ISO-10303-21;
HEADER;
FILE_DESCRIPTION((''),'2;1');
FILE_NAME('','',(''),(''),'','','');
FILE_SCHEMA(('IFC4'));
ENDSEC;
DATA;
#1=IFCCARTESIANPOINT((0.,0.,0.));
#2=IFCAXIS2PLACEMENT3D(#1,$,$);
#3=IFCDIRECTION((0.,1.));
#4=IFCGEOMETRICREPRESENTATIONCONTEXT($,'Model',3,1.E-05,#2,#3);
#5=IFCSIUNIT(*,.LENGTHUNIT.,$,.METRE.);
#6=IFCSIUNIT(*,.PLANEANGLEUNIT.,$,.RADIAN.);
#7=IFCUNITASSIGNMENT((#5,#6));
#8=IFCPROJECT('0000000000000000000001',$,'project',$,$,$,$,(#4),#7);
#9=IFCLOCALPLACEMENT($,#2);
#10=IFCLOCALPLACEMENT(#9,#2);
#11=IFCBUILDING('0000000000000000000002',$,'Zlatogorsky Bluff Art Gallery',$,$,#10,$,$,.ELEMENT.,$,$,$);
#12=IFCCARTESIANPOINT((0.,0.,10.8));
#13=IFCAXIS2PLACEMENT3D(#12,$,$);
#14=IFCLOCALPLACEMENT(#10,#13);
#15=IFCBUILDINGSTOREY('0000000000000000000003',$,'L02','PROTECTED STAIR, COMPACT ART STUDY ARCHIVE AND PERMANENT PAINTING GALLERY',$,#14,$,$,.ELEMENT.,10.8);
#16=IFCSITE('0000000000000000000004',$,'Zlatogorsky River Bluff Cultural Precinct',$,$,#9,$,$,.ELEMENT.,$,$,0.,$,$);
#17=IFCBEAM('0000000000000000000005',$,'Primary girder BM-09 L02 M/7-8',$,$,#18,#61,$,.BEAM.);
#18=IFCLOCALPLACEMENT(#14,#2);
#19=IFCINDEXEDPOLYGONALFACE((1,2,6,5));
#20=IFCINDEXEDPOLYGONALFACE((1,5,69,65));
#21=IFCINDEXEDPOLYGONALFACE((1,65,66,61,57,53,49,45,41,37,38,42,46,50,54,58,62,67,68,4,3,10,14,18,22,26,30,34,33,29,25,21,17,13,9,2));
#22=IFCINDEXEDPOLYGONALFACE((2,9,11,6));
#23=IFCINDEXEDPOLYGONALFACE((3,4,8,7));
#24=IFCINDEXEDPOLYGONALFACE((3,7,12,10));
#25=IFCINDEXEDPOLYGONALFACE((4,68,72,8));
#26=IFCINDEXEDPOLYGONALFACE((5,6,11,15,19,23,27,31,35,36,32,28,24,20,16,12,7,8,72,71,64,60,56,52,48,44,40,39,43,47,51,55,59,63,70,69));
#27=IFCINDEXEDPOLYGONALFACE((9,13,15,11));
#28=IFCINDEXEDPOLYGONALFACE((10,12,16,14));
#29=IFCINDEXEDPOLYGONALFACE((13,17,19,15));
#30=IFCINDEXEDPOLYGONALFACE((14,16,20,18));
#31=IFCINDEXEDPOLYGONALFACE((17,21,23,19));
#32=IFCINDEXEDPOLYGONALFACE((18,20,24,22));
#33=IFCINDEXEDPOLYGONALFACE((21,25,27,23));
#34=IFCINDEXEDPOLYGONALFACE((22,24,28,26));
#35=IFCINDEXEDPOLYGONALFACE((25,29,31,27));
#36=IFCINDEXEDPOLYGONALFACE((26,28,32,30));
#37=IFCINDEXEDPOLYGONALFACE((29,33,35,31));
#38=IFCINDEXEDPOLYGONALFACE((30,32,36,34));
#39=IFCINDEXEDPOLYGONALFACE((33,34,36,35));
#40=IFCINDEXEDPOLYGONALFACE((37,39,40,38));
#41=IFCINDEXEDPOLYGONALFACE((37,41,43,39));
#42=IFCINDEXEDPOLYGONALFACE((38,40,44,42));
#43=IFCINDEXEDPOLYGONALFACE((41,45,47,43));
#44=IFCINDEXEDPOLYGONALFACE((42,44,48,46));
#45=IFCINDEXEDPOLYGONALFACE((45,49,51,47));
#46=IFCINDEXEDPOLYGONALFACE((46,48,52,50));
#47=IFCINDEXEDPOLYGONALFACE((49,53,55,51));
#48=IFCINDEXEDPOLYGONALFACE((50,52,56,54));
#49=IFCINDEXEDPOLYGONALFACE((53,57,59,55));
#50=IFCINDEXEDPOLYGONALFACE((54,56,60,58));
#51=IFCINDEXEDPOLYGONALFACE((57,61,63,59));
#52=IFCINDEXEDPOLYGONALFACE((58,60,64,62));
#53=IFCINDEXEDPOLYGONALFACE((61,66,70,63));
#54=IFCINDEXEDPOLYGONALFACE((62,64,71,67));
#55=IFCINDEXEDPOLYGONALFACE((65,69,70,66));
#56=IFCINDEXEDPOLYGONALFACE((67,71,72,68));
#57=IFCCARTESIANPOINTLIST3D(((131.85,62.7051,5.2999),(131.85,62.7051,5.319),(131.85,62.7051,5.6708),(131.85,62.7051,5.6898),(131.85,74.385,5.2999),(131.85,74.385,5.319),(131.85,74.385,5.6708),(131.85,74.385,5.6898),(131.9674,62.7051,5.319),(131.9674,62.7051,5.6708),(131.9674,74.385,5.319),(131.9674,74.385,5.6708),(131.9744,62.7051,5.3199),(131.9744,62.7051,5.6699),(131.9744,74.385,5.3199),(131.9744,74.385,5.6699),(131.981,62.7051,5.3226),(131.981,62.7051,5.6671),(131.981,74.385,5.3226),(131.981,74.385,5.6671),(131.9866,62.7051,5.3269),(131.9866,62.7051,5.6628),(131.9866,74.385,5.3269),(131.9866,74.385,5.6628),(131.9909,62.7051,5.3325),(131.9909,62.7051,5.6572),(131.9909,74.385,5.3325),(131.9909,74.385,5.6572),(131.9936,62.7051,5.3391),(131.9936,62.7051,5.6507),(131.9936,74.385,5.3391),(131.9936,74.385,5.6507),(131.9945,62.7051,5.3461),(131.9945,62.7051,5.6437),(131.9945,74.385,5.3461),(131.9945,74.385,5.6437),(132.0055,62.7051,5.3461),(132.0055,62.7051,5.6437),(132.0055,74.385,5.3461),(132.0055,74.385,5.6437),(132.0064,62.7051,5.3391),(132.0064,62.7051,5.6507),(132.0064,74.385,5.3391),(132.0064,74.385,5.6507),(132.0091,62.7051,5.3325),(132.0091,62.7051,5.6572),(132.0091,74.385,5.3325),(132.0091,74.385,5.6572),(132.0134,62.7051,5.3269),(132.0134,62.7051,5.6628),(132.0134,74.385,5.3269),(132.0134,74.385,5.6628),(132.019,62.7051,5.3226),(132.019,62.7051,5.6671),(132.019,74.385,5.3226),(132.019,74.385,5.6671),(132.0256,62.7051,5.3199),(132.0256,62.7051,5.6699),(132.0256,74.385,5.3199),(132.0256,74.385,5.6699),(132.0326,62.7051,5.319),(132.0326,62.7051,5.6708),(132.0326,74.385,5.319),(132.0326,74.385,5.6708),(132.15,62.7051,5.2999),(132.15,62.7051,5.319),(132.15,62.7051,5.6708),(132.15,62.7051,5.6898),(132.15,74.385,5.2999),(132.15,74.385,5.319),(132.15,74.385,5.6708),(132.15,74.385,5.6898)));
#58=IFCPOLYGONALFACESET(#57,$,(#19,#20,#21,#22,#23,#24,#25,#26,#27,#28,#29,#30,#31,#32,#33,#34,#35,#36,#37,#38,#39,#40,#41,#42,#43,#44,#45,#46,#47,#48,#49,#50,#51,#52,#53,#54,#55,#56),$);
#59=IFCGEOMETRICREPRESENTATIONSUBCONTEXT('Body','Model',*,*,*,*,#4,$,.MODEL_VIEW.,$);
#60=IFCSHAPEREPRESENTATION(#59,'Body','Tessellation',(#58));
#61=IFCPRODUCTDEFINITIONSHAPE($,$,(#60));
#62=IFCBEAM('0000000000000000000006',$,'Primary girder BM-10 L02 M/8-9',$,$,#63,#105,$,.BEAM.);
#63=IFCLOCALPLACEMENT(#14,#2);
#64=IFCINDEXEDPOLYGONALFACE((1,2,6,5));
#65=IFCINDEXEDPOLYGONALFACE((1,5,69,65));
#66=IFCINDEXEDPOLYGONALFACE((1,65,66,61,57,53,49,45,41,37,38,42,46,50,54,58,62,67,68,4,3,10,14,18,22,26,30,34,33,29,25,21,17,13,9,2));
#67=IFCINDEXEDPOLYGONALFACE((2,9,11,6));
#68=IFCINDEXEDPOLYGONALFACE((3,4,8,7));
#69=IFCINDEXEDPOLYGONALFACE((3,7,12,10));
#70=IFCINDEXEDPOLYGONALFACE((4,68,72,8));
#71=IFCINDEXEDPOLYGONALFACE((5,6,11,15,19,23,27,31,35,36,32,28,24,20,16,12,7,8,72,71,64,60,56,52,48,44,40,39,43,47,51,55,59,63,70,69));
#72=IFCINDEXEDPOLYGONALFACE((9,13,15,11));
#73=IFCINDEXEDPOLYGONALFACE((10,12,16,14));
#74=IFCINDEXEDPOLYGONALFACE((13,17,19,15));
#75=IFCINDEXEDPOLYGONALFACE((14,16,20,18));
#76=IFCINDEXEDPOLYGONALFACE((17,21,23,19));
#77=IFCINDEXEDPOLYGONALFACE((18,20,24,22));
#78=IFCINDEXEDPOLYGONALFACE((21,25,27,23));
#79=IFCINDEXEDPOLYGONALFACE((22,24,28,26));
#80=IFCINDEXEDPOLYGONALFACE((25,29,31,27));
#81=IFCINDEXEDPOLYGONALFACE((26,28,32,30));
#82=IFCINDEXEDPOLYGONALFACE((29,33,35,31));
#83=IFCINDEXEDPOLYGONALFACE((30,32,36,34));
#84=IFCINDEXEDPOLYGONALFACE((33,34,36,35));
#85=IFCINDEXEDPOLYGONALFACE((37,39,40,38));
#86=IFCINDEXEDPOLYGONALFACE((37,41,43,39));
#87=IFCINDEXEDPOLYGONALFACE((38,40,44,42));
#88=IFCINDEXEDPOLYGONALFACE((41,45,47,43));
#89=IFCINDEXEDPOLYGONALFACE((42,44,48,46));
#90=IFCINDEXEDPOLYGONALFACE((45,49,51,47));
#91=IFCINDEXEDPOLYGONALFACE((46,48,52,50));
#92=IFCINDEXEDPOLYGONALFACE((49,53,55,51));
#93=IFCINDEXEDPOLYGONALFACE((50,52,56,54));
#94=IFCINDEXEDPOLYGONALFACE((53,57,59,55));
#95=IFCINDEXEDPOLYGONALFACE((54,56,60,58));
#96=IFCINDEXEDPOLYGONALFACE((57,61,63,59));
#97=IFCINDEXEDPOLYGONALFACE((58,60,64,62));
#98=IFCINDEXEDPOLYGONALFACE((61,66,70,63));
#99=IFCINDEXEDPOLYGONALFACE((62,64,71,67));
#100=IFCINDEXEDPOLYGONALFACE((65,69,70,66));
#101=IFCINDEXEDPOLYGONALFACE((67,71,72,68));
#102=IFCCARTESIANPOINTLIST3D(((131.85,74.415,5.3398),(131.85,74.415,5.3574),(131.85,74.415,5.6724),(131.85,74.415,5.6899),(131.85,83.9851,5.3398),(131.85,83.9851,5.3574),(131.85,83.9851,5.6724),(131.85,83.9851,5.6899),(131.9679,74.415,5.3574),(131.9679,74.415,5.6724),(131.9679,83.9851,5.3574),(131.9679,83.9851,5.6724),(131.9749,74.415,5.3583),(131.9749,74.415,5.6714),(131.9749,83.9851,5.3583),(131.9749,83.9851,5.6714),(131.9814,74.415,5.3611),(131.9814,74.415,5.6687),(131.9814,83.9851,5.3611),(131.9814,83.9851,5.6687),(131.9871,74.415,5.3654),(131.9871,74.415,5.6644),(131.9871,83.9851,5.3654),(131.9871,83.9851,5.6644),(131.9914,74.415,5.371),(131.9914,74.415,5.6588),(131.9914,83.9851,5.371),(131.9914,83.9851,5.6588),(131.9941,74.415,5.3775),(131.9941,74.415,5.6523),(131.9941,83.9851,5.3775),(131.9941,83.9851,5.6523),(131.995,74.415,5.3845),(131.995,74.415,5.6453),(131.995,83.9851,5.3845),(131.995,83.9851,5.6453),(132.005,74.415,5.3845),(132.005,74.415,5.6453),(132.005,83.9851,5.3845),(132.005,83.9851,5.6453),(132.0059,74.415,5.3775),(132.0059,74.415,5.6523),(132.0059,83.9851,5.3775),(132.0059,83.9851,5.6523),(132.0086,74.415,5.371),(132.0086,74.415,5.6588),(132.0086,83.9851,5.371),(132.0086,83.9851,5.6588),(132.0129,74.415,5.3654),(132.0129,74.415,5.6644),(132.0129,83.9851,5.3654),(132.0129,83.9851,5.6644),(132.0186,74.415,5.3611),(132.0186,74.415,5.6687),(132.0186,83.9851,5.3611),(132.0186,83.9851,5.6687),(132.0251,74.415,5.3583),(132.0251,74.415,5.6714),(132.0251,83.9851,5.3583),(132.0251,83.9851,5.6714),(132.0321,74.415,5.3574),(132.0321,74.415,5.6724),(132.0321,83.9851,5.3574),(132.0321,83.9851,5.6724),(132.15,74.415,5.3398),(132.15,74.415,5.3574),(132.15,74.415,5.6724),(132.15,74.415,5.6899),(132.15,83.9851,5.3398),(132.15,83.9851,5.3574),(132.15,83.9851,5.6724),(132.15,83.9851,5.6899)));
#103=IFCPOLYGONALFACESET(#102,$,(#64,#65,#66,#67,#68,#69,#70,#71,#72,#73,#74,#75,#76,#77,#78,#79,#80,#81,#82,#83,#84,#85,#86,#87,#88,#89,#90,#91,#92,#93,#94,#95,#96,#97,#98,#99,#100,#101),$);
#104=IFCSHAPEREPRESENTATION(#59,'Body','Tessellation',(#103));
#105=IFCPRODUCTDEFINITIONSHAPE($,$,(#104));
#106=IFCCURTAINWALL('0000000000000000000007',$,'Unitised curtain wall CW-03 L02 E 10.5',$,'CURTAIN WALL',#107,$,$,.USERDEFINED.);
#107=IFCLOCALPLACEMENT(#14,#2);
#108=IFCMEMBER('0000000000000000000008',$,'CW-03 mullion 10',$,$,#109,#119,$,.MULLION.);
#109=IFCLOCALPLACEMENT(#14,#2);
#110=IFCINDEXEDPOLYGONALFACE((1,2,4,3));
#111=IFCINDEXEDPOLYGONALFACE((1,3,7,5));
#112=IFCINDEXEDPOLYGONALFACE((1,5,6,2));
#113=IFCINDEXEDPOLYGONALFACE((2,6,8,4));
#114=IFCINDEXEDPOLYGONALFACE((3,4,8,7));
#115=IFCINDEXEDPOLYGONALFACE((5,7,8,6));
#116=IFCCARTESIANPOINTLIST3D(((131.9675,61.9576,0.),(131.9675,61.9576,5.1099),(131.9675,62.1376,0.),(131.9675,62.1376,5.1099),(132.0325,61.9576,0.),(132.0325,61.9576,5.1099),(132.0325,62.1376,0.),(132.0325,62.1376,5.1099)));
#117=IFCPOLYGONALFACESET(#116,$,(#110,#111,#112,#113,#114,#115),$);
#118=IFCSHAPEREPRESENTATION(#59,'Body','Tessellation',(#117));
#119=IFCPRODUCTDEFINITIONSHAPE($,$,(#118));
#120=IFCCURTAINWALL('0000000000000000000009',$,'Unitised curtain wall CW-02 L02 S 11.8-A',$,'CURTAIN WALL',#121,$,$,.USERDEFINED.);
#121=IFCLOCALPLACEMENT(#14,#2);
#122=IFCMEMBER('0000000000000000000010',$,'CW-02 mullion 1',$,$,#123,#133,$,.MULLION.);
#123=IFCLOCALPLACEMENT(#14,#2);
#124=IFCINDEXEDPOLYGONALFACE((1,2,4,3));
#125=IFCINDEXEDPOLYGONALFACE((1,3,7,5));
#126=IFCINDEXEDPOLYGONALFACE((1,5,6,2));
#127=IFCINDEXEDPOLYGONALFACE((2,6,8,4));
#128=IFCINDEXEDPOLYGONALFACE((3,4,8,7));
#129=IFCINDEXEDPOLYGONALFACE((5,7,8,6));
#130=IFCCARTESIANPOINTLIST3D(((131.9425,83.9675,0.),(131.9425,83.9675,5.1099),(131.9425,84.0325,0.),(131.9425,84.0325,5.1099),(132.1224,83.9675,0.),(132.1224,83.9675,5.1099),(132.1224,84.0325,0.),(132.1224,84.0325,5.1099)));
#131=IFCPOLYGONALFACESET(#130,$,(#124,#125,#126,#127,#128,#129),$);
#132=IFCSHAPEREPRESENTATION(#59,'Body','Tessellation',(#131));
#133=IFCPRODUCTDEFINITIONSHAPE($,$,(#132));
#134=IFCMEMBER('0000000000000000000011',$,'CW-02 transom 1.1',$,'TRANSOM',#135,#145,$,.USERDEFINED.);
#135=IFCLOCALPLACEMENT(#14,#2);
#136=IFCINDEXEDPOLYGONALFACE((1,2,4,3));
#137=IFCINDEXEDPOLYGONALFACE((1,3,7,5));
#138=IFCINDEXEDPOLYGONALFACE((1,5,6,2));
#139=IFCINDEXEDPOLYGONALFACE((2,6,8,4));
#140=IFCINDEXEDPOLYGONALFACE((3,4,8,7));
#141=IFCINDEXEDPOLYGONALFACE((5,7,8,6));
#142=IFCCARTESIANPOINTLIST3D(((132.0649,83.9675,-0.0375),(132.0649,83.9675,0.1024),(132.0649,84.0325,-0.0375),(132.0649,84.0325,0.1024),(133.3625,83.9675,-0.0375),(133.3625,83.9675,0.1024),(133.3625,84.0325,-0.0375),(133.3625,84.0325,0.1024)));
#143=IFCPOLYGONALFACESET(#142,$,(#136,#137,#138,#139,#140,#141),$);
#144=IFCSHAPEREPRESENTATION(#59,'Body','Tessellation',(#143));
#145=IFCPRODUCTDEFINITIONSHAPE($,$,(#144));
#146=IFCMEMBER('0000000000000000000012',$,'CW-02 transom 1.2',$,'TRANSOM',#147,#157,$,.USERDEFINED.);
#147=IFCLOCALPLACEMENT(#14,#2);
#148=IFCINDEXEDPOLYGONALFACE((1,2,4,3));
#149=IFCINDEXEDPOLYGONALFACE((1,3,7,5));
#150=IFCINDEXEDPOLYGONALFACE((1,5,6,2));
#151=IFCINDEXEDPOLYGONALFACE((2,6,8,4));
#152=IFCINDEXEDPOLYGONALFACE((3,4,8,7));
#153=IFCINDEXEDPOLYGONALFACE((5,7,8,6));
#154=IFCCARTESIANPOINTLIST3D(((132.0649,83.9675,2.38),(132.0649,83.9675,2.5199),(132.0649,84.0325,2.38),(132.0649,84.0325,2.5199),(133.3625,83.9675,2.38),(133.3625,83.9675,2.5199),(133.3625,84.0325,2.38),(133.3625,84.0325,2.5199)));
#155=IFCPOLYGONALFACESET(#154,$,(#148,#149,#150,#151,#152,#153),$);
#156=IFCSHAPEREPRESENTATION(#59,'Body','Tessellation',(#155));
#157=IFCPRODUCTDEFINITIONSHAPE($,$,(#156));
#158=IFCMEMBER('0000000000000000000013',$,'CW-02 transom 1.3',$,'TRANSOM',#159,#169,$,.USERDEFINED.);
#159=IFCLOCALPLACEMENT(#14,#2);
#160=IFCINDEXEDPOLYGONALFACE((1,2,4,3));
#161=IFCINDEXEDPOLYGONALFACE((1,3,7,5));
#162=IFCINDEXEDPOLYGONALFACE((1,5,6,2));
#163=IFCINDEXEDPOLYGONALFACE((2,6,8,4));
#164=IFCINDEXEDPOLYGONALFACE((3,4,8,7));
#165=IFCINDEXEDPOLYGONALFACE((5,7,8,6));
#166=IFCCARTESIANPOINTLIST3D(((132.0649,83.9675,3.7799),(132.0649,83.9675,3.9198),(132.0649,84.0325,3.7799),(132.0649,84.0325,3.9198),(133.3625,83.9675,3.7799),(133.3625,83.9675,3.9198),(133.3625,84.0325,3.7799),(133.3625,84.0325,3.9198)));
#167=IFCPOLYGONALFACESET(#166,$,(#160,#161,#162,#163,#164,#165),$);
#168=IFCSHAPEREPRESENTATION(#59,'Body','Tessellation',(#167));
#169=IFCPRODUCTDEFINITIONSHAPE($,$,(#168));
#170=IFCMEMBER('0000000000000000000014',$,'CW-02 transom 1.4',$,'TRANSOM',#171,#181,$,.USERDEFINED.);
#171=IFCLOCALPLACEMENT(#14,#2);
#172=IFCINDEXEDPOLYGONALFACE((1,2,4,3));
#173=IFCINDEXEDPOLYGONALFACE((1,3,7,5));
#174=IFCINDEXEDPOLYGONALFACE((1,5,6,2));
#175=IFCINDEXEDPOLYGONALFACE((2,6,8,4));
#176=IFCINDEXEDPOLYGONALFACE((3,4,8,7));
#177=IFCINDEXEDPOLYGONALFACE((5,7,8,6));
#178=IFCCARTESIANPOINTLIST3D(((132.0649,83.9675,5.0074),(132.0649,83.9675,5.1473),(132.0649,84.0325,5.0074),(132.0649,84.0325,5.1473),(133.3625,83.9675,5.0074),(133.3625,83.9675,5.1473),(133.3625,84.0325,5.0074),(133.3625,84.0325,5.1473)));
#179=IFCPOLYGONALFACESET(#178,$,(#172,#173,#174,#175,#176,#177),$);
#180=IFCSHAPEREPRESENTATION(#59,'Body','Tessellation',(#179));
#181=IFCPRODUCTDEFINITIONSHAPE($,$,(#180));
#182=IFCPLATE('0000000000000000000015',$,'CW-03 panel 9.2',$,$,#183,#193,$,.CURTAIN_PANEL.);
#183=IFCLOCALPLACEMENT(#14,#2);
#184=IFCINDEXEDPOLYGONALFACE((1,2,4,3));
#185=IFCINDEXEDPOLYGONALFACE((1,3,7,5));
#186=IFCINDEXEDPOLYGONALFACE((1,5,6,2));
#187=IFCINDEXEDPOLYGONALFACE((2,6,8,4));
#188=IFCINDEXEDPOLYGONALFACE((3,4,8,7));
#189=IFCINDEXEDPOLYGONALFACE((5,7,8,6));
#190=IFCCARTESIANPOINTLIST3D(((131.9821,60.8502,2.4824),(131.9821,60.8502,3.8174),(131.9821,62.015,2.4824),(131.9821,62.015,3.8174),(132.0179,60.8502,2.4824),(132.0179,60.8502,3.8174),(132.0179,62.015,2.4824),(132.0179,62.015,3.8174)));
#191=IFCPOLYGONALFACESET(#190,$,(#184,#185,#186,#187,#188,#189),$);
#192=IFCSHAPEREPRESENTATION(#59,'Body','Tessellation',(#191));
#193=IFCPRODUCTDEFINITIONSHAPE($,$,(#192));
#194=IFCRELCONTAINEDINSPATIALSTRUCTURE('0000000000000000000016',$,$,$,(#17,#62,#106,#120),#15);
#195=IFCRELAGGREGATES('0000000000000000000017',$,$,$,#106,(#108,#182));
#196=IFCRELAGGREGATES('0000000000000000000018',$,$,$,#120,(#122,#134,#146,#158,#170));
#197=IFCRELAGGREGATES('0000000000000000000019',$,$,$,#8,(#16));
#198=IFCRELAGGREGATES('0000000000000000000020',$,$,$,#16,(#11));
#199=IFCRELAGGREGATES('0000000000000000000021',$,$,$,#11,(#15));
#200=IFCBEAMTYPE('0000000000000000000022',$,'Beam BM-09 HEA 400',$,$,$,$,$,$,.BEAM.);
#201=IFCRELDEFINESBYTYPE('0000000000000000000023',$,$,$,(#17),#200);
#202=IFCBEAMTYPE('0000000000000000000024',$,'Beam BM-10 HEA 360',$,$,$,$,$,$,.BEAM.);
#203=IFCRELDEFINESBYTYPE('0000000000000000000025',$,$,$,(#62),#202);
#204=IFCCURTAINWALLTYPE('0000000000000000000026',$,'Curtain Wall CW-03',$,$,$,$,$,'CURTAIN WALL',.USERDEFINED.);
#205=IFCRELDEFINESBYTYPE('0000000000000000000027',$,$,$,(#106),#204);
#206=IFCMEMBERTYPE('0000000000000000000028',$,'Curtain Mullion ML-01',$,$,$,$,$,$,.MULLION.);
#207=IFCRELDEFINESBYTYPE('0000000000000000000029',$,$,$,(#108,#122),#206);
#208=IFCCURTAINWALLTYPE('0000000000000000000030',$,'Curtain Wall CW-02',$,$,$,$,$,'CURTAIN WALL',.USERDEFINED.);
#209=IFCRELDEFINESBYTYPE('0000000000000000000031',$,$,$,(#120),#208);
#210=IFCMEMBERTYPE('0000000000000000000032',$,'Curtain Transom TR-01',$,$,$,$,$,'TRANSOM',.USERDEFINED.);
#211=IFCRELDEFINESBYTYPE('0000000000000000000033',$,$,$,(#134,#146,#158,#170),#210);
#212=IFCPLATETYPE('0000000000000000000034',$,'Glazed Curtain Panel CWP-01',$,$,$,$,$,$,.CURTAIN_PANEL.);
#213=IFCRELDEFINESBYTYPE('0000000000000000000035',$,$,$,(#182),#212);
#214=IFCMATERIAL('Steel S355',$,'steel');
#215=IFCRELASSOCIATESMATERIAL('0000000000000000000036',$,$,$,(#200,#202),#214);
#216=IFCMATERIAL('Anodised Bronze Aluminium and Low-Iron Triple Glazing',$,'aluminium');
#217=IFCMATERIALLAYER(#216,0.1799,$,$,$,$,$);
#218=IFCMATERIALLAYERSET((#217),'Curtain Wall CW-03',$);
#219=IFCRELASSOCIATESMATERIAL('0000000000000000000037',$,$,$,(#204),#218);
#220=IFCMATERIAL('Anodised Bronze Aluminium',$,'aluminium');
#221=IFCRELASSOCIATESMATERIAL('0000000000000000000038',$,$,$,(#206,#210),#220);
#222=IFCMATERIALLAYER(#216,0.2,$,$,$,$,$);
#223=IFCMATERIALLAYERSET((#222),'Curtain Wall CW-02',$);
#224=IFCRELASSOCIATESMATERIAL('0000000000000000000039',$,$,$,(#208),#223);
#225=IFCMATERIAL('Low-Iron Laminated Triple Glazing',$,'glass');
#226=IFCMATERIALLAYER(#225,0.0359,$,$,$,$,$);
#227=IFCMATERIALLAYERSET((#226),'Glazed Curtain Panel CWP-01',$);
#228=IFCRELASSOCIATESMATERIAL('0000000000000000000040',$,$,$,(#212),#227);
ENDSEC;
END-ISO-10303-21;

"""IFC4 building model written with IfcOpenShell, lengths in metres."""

from ifc_helpers import new_model, si_unit, direction, frame, origin, origin_2d, place, context, subcontext, project, spatial, rectangle, i_section, extrude, material, layer, layer_set, material_profile, profile_set, type_object, element, aggregate, save


model = new_model("IFC4")

# Units and contexts
model_context = context("Model", 3, precision=1e-05, world=origin(), true_north=direction((0.0, 1.0)))
body_context = subcontext(model_context, "Body", "Model", "MODEL_VIEW")
ifc_project = project(units=[si_unit("LENGTHUNIT", "METRE"), si_unit("PLANEANGLEUNIT", "RADIAN")], contexts=[model_context])

# Site, building, storey
site_placement = place(None, origin())
site = spatial("IfcSite", under=ifc_project, at=site_placement, Name="Zlatogorsky River Bluff Cultural Precinct", CompositionType="ELEMENT", RefElevation=0.0)
building_placement = place(site_placement, origin())
building = spatial("IfcBuilding", under=site, at=building_placement, Name="Zlatogorsky Bluff Art Gallery", CompositionType="ELEMENT")
storey_placement = place(building_placement, frame((0.0, 0.0, 10.8)))
storey = spatial("IfcBuildingStorey", under=building, at=storey_placement, Name="L02", Description="PROTECTED STAIR, COMPACT ART STUDY ARCHIVE AND PERMANENT PAINTING GALLERY", CompositionType="ELEMENT", Elevation=10.8)

# Shared definitions
ifc_material_1 = material(Name="Steel S355", Category="steel")

# Beams
ifc_material_profile_1 = material_profile(ifc_material_1, i_section(OverallWidth=0.3, OverallDepth=0.3899, WebThickness=0.011, FlangeThickness=0.019, FilletRadius=0.0271, at=origin_2d()), Name="HEA 400")
ifc_profile_set_1 = profile_set([ifc_material_profile_1], Name="Steel S355")
beam_type_1 = type_object("IfcBeamType", Name="Beam BM-09 HEA 400", PredefinedType="BEAM", material=ifc_profile_set_1)
beam_1_placement = place(storey_placement, frame((132.0, 62.7051, 5.4949), z_axis=(0.0, 1.0, 0.0), x_axis=(-1.0, 0.0, 0.0)))
element("IfcBeam", 1, at=beam_1_placement, inside=storey, type_object=beam_type_1, Name="Primary girder BM-09 L02 M/7-8", PredefinedType="BEAM", context=body_context, shape_type="SweptSolid", body=[
    extrude(i_section(OverallWidth=0.3, OverallDepth=0.3899, WebThickness=0.011, FlangeThickness=0.019, FilletRadius=0.0271, at=origin_2d()), origin(), (0.0, 0.0, 1.0), 11.6799),
])
ifc_material_profile_2 = material_profile(ifc_material_1, i_section(OverallWidth=0.3, OverallDepth=0.3501, WebThickness=0.01, FlangeThickness=0.0176, FilletRadius=0.0271, at=origin_2d()), Name="HEA 360")
ifc_profile_set_2 = profile_set([ifc_material_profile_2], Name="Steel S355")
beam_type_2 = type_object("IfcBeamType", Name="Beam BM-10 HEA 360", PredefinedType="BEAM", material=ifc_profile_set_2)
beam_2_placement = place(storey_placement, frame((132.0, 74.415, 5.5149), z_axis=(0.0, 1.0, 0.0), x_axis=(-1.0, 0.0, 0.0)))
element("IfcBeam", 2, at=beam_2_placement, inside=storey, type_object=beam_type_2, Name="Primary girder BM-10 L02 M/8-9", PredefinedType="BEAM", context=body_context, shape_type="SweptSolid", body=[
    extrude(i_section(OverallWidth=0.3, OverallDepth=0.3501, WebThickness=0.01, FlangeThickness=0.0176, FilletRadius=0.0271, at=origin_2d()), origin(), (0.0, 0.0, 1.0), 9.5701),
])

# Curtain wall, member
ifc_material_2 = material(Name="Anodised Bronze Aluminium and Low-Iron Triple Glazing", Category="aluminium")
ifc_layer_1 = layer(ifc_material_2, 0.1799)
ifc_layer_set_1 = layer_set([ifc_layer_1], Name="Curtain Wall CW-03")
curtain_wall_type_1 = type_object("IfcCurtainWallType", Name="Curtain Wall CW-03", ElementType="CURTAIN WALL", PredefinedType="USERDEFINED", material=ifc_layer_set_1)
curtain_wall_1_placement = place(storey_placement, origin())
curtain_wall_1 = element("IfcCurtainWall", 3, at=curtain_wall_1_placement, inside=storey, type_object=curtain_wall_type_1, Name="Unitised curtain wall CW-03 L02 E 10.5", ObjectType="CURTAIN WALL", PredefinedType="USERDEFINED")
ifc_material_3 = material(Name="Anodised Bronze Aluminium", Category="aluminium")
ifc_material_profile_3 = material_profile(ifc_material_3, rectangle(XDim=0.0649, YDim=0.1799, at=origin_2d()), Name="ALU MULLION 65x180")
ifc_profile_set_3 = profile_set([ifc_material_profile_3], Name="Anodised Bronze Aluminium")
member_type_1 = type_object("IfcMemberType", Name="Curtain Mullion ML-01", PredefinedType="MULLION", material=ifc_profile_set_3)
member_1_placement = place(storey_placement, frame((132.0, 62.0476, 0.0), z_axis=(0.0, 0.0, 1.0), x_axis=(-1.0, 0.0, 0.0)))
member_1 = element("IfcMember", 4, at=member_1_placement, type_object=member_type_1, Name="CW-03 mullion 10", PredefinedType="MULLION", context=body_context, shape_type="SweptSolid", body=[
    extrude(rectangle(XDim=0.0649, YDim=0.1799, at=origin_2d()), origin(), (0.0, 0.0, 1.0), 5.1099),
])

# Curtain wall, members
ifc_layer_2 = layer(ifc_material_2, 0.2)
ifc_layer_set_2 = layer_set([ifc_layer_2], Name="Curtain Wall CW-02")
curtain_wall_type_2 = type_object("IfcCurtainWallType", Name="Curtain Wall CW-02", ElementType="CURTAIN WALL", PredefinedType="USERDEFINED", material=ifc_layer_set_2)
curtain_wall_2_placement = place(storey_placement, origin())
curtain_wall_2 = element("IfcCurtainWall", 5, at=curtain_wall_2_placement, inside=storey, type_object=curtain_wall_type_2, Name="Unitised curtain wall CW-02 L02 S 11.8-A", ObjectType="CURTAIN WALL", PredefinedType="USERDEFINED")
member_2_placement = place(storey_placement, frame((132.0325, 84.0, 0.0), z_axis=(0.0, 0.0, 1.0), x_axis=(0.0, 1.0, 0.0)))
member_2 = element("IfcMember", 6, at=member_2_placement, type_object=member_type_1, Name="CW-02 mullion 1", PredefinedType="MULLION", context=body_context, shape_type="SweptSolid", body=[
    extrude(rectangle(XDim=0.0649, YDim=0.1799, at=origin_2d()), origin(), (0.0, 0.0, 1.0), 5.1099),
])
ifc_material_profile_4 = material_profile(ifc_material_3, rectangle(XDim=0.0649, YDim=0.1399, at=origin_2d()), Name="ALU TRANSOM 65x140")
ifc_profile_set_4 = profile_set([ifc_material_profile_4], Name="Anodised Bronze Aluminium")
member_type_2 = type_object("IfcMemberType", Name="Curtain Transom TR-01", ElementType="TRANSOM", PredefinedType="USERDEFINED", material=ifc_profile_set_4)
member_3_placement = place(storey_placement, frame((132.0649, 84.0, 0.0325), z_axis=(1.0, 0.0, 0.0), x_axis=(0.0, 1.0, 0.0)))
member_3 = element("IfcMember", 7, at=member_3_placement, type_object=member_type_2, Name="CW-02 transom 1.1", ObjectType="TRANSOM", PredefinedType="USERDEFINED", context=body_context, shape_type="SweptSolid", body=[
    extrude(rectangle(XDim=0.0649, YDim=0.1399, at=origin_2d()), origin(), (0.0, 0.0, 1.0), 1.2976),
])
member_4_placement = place(storey_placement, frame((132.0649, 84.0, 2.45), z_axis=(1.0, 0.0, 0.0), x_axis=(0.0, 1.0, 0.0)))
member_4 = element("IfcMember", 8, at=member_4_placement, type_object=member_type_2, Name="CW-02 transom 1.2", ObjectType="TRANSOM", PredefinedType="USERDEFINED", context=body_context, shape_type="SweptSolid", body=[
    extrude(rectangle(XDim=0.0649, YDim=0.1399, at=origin_2d()), origin(), (0.0, 0.0, 1.0), 1.2976),
])
member_5_placement = place(storey_placement, frame((132.0649, 84.0, 3.8499), z_axis=(1.0, 0.0, 0.0), x_axis=(0.0, 1.0, 0.0)))
member_5 = element("IfcMember", 9, at=member_5_placement, type_object=member_type_2, Name="CW-02 transom 1.3", ObjectType="TRANSOM", PredefinedType="USERDEFINED", context=body_context, shape_type="SweptSolid", body=[
    extrude(rectangle(XDim=0.0649, YDim=0.1399, at=origin_2d()), origin(), (0.0, 0.0, 1.0), 1.2976),
])
member_6_placement = place(storey_placement, frame((132.0649, 84.0, 5.0774), z_axis=(1.0, 0.0, 0.0), x_axis=(0.0, 1.0, 0.0)))
member_6 = element("IfcMember", 10, at=member_6_placement, type_object=member_type_2, Name="CW-02 transom 1.4", ObjectType="TRANSOM", PredefinedType="USERDEFINED", context=body_context, shape_type="SweptSolid", body=[
    extrude(rectangle(XDim=0.0649, YDim=0.1399, at=origin_2d()), origin(), (0.0, 0.0, 1.0), 1.2976),
])

# Plate
ifc_material_4 = material(Name="Low-Iron Laminated Triple Glazing", Category="glass")
ifc_layer_3 = layer(ifc_material_4, 0.0359)
ifc_layer_set_3 = layer_set([ifc_layer_3], Name="Glazed Curtain Panel CWP-01")
plate_type = type_object("IfcPlateType", Name="Glazed Curtain Panel CWP-01", PredefinedType="CURTAIN_PANEL", material=ifc_layer_set_3)
plate_1_placement = place(storey_placement, frame((132.0, 61.4326, 2.4824), z_axis=(0.0, 0.0, 1.0), x_axis=(0.0, 1.0, 0.0)))
plate_1 = element("IfcPlate", 11, at=plate_1_placement, type_object=plate_type, Name="CW-03 panel 9.2", PredefinedType="CURTAIN_PANEL", context=body_context, shape_type="SweptSolid", body=[
    extrude(rectangle(XDim=1.1648, YDim=0.0359, at=origin_2d()), origin(), (0.0, 0.0, 1.0), 1.335),
])
aggregate(curtain_wall_1, [member_1, plate_1])
aggregate(curtain_wall_2, [member_2, member_3, member_4, member_5, member_6])

save(model, "model.ifc")
